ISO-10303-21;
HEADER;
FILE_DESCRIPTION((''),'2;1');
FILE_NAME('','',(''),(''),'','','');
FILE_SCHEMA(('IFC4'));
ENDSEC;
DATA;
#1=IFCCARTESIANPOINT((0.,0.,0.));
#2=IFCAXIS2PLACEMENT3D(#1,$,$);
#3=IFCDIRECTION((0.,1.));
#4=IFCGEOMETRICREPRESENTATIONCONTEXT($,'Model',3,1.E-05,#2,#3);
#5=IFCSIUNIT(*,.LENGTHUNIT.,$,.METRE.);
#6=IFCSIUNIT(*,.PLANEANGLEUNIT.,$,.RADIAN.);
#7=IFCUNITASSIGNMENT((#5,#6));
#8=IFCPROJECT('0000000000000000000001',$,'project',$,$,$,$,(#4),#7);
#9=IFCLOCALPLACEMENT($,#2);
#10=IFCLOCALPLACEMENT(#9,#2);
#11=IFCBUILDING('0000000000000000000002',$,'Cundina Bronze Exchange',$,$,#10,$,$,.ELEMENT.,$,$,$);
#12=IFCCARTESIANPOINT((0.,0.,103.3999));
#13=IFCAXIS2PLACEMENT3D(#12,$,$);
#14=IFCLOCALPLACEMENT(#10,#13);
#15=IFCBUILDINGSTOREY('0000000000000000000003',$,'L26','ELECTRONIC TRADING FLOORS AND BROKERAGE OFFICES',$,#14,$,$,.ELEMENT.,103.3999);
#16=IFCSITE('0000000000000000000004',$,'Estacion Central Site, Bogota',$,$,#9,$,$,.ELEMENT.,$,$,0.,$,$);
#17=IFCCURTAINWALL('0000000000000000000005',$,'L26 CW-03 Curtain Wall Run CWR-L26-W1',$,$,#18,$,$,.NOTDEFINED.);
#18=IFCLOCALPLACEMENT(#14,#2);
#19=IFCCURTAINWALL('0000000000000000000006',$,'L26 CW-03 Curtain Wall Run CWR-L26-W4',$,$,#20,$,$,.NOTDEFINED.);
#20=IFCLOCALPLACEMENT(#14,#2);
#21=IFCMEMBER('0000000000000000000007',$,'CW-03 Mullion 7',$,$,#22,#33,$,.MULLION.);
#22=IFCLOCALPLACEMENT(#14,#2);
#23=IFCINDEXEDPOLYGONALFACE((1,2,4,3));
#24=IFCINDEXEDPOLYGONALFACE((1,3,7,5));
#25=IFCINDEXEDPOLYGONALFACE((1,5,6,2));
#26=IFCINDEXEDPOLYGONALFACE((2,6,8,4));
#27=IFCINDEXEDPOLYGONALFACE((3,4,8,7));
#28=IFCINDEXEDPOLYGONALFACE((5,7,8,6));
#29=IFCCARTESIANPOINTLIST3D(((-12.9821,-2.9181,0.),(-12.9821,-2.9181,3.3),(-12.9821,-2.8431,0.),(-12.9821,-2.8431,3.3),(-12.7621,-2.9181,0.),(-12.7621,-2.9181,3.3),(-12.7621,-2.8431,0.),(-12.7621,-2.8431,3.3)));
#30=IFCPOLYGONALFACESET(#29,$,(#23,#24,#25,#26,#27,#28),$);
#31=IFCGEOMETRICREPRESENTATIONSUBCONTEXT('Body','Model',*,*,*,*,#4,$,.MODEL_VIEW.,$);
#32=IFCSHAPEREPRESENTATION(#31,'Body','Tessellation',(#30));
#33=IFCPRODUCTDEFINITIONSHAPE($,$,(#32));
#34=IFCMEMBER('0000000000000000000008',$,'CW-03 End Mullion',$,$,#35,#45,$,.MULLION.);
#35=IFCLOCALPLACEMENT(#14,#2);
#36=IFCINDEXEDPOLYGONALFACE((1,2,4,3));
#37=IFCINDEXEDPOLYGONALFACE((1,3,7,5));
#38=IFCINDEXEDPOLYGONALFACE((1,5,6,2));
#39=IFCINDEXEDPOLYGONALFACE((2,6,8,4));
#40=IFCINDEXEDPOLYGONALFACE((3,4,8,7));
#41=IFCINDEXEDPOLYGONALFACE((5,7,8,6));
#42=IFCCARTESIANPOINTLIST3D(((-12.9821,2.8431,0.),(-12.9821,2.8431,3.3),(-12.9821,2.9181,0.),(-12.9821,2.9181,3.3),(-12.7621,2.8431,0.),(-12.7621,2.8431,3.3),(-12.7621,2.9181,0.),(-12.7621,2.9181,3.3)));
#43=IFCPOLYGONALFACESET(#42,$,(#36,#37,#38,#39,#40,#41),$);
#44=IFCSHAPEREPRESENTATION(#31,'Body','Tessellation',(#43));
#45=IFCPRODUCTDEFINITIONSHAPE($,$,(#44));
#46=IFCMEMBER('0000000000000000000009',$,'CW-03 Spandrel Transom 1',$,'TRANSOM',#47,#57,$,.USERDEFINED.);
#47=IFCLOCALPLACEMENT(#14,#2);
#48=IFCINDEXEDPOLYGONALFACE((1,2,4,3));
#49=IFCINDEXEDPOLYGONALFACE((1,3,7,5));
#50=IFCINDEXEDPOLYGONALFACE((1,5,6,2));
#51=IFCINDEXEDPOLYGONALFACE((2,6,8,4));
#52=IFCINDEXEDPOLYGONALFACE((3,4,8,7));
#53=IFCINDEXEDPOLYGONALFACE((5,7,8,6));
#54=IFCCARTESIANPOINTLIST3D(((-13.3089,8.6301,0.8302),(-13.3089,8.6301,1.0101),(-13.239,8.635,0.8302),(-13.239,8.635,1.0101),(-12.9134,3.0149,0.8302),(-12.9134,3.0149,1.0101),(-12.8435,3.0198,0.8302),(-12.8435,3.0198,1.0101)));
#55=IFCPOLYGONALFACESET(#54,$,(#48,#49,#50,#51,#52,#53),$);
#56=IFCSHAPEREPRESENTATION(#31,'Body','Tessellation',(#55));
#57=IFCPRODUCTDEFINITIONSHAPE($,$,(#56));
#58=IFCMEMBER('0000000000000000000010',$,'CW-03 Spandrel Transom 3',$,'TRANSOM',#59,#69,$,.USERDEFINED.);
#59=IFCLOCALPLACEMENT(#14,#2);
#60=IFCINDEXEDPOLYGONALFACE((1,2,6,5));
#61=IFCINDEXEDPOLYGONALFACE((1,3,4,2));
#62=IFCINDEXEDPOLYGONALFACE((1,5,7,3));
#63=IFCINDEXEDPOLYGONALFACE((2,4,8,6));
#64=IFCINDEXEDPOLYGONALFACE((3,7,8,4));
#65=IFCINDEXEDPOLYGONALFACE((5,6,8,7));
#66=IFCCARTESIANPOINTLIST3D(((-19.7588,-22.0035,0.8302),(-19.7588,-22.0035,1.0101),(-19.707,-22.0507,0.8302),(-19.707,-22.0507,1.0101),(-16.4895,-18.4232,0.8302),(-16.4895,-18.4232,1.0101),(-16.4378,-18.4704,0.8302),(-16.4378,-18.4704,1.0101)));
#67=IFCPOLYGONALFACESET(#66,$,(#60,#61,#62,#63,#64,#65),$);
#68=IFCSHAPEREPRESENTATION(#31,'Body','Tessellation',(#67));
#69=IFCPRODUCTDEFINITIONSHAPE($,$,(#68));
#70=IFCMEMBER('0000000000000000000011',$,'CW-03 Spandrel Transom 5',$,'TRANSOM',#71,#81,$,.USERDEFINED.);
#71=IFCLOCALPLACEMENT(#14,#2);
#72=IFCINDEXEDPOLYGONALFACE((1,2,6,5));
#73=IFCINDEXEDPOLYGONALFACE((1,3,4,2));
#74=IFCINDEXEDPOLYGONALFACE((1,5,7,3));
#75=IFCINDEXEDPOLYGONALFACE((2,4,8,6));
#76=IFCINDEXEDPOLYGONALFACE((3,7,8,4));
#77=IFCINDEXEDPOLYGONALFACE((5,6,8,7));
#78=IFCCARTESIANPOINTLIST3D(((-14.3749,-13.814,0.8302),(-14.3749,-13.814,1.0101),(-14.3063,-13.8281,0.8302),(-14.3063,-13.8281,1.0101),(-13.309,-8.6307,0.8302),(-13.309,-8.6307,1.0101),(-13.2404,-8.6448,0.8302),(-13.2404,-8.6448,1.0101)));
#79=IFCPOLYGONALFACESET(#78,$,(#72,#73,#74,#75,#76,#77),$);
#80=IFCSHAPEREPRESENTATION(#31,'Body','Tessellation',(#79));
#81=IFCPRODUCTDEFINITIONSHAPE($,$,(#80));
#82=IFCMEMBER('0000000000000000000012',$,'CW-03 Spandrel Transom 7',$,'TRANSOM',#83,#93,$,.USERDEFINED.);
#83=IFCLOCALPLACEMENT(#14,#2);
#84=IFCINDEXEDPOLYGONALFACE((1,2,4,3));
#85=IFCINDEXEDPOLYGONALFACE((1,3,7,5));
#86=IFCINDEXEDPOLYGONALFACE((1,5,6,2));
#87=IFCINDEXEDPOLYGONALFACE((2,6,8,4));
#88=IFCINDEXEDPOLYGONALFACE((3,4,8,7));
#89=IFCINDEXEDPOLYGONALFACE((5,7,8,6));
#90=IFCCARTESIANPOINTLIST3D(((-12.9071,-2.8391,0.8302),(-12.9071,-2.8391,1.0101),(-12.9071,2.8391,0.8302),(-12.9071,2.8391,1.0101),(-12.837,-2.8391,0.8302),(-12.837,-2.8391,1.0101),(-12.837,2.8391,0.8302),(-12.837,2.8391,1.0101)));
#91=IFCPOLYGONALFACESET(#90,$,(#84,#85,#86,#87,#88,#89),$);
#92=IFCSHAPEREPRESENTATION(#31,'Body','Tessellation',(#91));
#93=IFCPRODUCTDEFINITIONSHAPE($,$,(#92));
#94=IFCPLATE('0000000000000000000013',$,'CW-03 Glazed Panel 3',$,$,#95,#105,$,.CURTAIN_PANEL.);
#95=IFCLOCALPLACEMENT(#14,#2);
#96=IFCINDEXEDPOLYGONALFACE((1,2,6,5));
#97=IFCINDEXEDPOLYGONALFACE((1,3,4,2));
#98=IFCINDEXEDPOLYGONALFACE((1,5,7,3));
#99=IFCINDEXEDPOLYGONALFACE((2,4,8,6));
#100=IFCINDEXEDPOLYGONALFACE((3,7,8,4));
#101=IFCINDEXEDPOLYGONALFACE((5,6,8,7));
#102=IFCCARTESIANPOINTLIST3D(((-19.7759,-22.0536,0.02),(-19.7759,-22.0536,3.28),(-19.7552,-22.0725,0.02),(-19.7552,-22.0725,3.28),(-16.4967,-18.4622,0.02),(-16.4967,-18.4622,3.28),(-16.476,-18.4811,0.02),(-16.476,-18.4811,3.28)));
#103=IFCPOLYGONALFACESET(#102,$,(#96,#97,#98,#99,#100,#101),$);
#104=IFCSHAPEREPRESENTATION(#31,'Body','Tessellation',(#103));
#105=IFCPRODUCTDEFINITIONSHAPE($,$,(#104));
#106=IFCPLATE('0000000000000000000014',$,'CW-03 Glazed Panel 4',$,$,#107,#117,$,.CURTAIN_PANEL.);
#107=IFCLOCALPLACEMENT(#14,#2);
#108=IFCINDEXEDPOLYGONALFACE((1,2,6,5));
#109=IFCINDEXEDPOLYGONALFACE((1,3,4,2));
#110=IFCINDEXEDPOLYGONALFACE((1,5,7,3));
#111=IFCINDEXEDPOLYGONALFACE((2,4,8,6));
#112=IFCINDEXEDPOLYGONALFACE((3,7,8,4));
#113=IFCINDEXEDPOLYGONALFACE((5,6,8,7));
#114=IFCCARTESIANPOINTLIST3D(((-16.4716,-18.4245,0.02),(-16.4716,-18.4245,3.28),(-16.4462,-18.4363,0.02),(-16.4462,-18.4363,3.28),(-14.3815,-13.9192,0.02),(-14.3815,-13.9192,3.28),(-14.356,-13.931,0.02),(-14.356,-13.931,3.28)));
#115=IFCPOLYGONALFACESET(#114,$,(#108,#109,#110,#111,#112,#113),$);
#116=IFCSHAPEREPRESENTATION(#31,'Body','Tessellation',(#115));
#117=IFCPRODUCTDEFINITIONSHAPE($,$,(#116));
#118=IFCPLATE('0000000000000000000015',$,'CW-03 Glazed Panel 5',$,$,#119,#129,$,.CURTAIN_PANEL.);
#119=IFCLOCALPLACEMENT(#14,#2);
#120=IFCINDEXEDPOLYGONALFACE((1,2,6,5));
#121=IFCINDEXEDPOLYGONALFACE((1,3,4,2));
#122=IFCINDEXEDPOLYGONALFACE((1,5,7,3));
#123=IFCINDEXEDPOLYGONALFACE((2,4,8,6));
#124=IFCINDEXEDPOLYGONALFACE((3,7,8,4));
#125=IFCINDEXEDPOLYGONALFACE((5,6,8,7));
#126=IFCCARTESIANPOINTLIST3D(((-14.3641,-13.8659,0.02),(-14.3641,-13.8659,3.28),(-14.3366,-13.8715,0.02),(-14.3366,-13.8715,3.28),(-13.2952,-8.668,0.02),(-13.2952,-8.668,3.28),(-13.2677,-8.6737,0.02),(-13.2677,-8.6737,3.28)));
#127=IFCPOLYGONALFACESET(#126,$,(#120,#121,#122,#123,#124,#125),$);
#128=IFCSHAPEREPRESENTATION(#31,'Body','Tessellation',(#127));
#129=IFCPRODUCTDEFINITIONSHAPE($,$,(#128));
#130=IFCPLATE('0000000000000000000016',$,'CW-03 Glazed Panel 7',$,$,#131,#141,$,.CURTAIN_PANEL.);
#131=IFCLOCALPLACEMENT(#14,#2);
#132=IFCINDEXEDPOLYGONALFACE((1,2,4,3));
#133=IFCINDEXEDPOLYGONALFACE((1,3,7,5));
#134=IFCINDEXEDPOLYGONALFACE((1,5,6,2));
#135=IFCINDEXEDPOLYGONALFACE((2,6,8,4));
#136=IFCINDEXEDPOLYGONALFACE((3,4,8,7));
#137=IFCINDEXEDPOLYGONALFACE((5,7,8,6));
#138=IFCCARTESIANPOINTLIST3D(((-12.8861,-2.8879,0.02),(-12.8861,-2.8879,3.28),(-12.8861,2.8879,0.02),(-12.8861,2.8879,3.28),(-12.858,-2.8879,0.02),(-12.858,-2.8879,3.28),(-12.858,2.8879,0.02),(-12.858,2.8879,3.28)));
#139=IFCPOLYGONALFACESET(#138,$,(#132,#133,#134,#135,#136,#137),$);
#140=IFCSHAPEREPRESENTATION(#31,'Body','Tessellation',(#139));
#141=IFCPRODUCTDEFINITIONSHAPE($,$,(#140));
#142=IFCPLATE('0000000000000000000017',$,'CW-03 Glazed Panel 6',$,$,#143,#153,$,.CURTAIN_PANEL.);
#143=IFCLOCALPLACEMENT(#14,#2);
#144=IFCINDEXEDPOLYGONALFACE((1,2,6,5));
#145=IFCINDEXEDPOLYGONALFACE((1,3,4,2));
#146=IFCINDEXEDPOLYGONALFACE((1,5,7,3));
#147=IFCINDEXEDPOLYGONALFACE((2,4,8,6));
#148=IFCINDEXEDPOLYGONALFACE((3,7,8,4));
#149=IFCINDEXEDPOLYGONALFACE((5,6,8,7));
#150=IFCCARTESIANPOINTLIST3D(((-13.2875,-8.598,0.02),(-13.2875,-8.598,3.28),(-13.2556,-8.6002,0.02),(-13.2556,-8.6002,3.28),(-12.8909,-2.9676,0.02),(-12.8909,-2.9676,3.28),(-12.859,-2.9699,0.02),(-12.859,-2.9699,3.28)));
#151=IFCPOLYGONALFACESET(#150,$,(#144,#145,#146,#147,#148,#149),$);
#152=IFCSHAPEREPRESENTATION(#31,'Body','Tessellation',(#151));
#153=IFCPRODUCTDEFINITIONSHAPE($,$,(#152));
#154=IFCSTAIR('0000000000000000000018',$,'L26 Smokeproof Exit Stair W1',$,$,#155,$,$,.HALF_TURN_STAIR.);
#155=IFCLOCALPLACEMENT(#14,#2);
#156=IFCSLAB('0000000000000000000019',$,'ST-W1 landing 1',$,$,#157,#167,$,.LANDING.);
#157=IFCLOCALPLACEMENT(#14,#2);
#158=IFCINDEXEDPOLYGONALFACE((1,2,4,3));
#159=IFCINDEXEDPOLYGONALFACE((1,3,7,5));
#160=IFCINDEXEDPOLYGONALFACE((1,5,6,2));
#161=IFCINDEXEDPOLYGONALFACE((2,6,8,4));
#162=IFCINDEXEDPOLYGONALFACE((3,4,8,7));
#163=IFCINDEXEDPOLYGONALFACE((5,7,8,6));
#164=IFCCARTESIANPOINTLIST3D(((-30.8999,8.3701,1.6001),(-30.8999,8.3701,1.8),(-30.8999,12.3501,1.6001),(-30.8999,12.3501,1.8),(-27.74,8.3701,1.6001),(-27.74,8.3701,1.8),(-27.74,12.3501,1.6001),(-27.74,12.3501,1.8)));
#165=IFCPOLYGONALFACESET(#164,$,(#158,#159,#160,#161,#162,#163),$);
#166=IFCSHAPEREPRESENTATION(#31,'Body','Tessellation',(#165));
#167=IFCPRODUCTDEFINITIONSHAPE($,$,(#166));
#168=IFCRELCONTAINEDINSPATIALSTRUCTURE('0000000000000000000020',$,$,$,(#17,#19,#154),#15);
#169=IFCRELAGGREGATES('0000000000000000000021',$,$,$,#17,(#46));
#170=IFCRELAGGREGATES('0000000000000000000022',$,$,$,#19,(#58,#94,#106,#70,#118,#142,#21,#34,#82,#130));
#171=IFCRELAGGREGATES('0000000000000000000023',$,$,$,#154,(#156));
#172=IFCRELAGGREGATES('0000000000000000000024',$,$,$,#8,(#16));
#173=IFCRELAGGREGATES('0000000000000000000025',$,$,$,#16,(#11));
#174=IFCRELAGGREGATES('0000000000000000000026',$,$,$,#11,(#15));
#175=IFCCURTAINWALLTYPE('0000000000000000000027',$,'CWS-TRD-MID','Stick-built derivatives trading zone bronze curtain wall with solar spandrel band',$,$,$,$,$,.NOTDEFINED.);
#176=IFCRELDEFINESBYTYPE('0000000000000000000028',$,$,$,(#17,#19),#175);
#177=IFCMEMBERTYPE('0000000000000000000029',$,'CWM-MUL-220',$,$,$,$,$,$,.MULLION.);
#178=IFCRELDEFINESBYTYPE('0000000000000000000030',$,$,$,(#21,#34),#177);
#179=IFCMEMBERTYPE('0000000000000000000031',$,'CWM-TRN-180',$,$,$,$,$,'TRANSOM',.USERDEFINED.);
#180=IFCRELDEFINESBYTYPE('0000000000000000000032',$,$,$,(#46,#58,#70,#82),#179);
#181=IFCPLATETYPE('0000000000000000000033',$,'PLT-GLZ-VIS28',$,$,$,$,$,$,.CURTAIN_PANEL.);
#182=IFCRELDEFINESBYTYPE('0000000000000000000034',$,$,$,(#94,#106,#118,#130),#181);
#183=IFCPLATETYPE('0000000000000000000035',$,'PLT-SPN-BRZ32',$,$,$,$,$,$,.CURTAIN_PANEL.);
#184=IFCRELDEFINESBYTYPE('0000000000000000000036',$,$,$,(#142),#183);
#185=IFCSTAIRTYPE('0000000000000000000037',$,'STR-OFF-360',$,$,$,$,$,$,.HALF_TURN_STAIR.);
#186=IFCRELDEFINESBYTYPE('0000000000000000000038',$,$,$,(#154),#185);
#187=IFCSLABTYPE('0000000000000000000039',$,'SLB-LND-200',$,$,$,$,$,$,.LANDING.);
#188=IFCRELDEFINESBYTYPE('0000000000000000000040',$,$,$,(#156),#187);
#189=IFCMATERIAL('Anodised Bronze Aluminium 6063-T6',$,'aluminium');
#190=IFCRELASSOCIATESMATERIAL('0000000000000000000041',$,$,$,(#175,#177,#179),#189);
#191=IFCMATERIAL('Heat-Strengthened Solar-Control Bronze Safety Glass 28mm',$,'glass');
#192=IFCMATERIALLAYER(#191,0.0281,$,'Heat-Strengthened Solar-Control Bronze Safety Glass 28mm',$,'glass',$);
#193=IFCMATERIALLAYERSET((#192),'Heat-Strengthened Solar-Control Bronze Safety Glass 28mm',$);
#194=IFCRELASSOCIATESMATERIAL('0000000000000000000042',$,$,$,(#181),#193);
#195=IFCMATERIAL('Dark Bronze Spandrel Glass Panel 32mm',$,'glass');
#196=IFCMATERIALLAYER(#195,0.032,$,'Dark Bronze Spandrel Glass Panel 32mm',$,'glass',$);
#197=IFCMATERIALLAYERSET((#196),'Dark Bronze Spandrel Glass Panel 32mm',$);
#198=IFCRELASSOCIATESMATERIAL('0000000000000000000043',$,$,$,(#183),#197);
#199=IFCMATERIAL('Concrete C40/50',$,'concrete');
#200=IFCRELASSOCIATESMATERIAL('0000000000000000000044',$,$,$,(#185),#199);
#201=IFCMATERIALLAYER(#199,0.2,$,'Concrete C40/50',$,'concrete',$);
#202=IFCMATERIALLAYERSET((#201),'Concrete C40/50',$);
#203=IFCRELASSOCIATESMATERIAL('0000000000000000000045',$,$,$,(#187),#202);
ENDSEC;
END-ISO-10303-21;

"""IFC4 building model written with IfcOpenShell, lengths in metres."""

from ifc_helpers import new_model, si_unit, direction, frame, origin, origin_2d, place, context, subcontext, project, spatial, polyline, rectangle, outline, extrude, material, layer, layer_set, material_profile, profile_set, type_object, element, aggregate, save


model = new_model("IFC4")

# Units and contexts
model_context = context("Model", 3, precision=1e-05, world=origin(), true_north=direction((0.0, 1.0)))
body_context = subcontext(model_context, "Body", "Model", "MODEL_VIEW")
ifc_project = project(units=[si_unit("LENGTHUNIT", "METRE"), si_unit("PLANEANGLEUNIT", "RADIAN")], contexts=[model_context])

# Site, building, storey
site_placement = place(None, origin())
site = spatial("IfcSite", under=ifc_project, at=site_placement, Name="Estacion Central Site, Bogota", CompositionType="ELEMENT", RefElevation=0.0)
building_placement = place(site_placement, origin())
building = spatial("IfcBuilding", under=site, at=building_placement, Name="Cundina Bronze Exchange", CompositionType="ELEMENT")
storey_placement = place(building_placement, frame((0.0, 0.0, 103.3999)))
storey = spatial("IfcBuildingStorey", under=building, at=storey_placement, Name="L26", Description="ELECTRONIC TRADING FLOORS AND BROKERAGE OFFICES", CompositionType="ELEMENT", Elevation=103.3999)

# Curtain wall
ifc_material_1 = material(Name="Anodised Bronze Aluminium 6063-T6", Category="aluminium")
curtain_wall_type = type_object("IfcCurtainWallType", Name="CWS-TRD-MID", Description="Stick-built derivatives trading zone bronze curtain wall with solar spandrel band", PredefinedType="NOTDEFINED", material=ifc_material_1)
curtain_wall_1_placement = place(storey_placement, origin())
curtain_wall_1 = element("IfcCurtainWall", 1, at=curtain_wall_1_placement, inside=storey, type_object=curtain_wall_type, Name="L26 CW-03 Curtain Wall Run CWR-L26-W1", PredefinedType="NOTDEFINED")
ifc_material_profile_1 = material_profile(ifc_material_1, rectangle(XDim=0.075, YDim=0.22, at=origin_2d()), Name="AL75X220", Category="aluminium")
ifc_profile_set_1 = profile_set([ifc_material_profile_1], Name="Anodised Bronze Aluminium 6063-T6")
member_type_1 = type_object("IfcMemberType", Name="CWM-MUL-220", PredefinedType="MULLION", material=ifc_profile_set_1)

# Curtain wall, members
curtain_wall_2_placement = place(storey_placement, origin())
curtain_wall_2 = element("IfcCurtainWall", 2, at=curtain_wall_2_placement, inside=storey, type_object=curtain_wall_type, Name="L26 CW-03 Curtain Wall Run CWR-L26-W4", PredefinedType="NOTDEFINED")
member_1_placement = place(storey_placement, frame((-12.8721, -2.8806, 0.0), z_axis=(0.0, 0.0, 1.0), x_axis=(0.0, 1.0, 0.0)))
member_1 = element("IfcMember", 3, at=member_1_placement, type_object=member_type_1, Name="CW-03 Mullion 7", PredefinedType="MULLION", context=body_context, shape_type="SweptSolid", body=[
    extrude(rectangle(XDim=0.075, YDim=0.22, at=origin_2d()), origin(), (0.0, 0.0, 1.0), 3.3),
])
member_2_placement = place(storey_placement, frame((-12.8721, 2.8806, 0.0), z_axis=(0.0, 0.0, 1.0), x_axis=(0.0, 1.0, 0.0)))
member_2 = element("IfcMember", 4, at=member_2_placement, type_object=member_type_1, Name="CW-03 End Mullion", PredefinedType="MULLION", context=body_context, shape_type="SweptSolid", body=[
    extrude(rectangle(XDim=0.075, YDim=0.22, at=origin_2d()), origin(), (0.0, 0.0, 1.0), 3.3),
])

# Members
ifc_material_profile_2 = material_profile(ifc_material_1, rectangle(XDim=0.0701, YDim=0.1799, at=origin_2d()), Name="AL70X180", Category="aluminium")
ifc_profile_set_2 = profile_set([ifc_material_profile_2], Name="Anodised Bronze Aluminium 6063-T6")
member_type_2 = type_object("IfcMemberType", Name="CWM-TRN-180", ElementType="TRANSOM", PredefinedType="USERDEFINED", material=ifc_profile_set_2)
member_3_placement = place(storey_placement, frame((-12.8784, 3.0173, 0.9202), z_axis=(-0.070261, 0.997529, 0.0), x_axis=(-0.997529, -0.070261, 0.0)))
member_3 = element("IfcMember", 5, at=member_3_placement, type_object=member_type_2, Name="CW-03 Spandrel Transom 1", ObjectType="TRANSOM", PredefinedType="USERDEFINED", context=body_context, shape_type="SweptSolid", body=[
    extrude(rectangle(XDim=0.0701, YDim=0.1799, at=origin_2d()), origin(), (0.0, 0.0, 1.0), 5.6292),
])
aggregate(curtain_wall_1, [member_3])
member_4_placement = place(storey_placement, frame((-19.7329, -22.0271, 0.9202), z_axis=(0.674303, 0.738455, 0.0), x_axis=(-0.738455, 0.674303, 0.0)))
member_4 = element("IfcMember", 6, at=member_4_placement, type_object=member_type_2, Name="CW-03 Spandrel Transom 3", ObjectType="TRANSOM", PredefinedType="USERDEFINED", context=body_context, shape_type="SweptSolid", body=[
    extrude(rectangle(XDim=0.0701, YDim=0.1799, at=origin_2d()), origin(), (0.0, 0.0, 1.0), 4.8484),
])
member_5_placement = place(storey_placement, frame((-14.3406, -13.821, 0.9202), z_axis=(0.201428, 0.979503, 0.0), x_axis=(-0.979503, 0.201428, 0.0)))
member_5 = element("IfcMember", 7, at=member_5_placement, type_object=member_type_2, Name="CW-03 Spandrel Transom 5", ObjectType="TRANSOM", PredefinedType="USERDEFINED", context=body_context, shape_type="SweptSolid", body=[
    extrude(rectangle(XDim=0.0701, YDim=0.1799, at=origin_2d()), origin(), (0.0, 0.0, 1.0), 5.2917),
])
member_6_placement = place(storey_placement, frame((-12.8721, -2.8391, 0.9202), z_axis=(0.0, 1.0, 0.0), x_axis=(-1.0, 0.0, 0.0)))
member_6 = element("IfcMember", 8, at=member_6_placement, type_object=member_type_2, Name="CW-03 Spandrel Transom 7", ObjectType="TRANSOM", PredefinedType="USERDEFINED", context=body_context, shape_type="SweptSolid", body=[
    extrude(rectangle(XDim=0.0701, YDim=0.1799, at=origin_2d()), origin(), (0.0, 0.0, 1.0), 5.6782),
])

# Plates
ifc_material_2 = material(Name="Heat-Strengthened Solar-Control Bronze Safety Glass 28mm", Category="glass")
ifc_layer_1 = layer(ifc_material_2, 0.0281, Name="Heat-Strengthened Solar-Control Bronze Safety Glass 28mm", Category="glass")
ifc_layer_set_1 = layer_set([ifc_layer_1], Name="Heat-Strengthened Solar-Control Bronze Safety Glass 28mm")
plate_type_1 = type_object("IfcPlateType", Name="PLT-GLZ-VIS28", PredefinedType="CURTAIN_PANEL", material=ifc_layer_set_1)
plate_1_placement = place(storey_placement, frame((-18.126, -20.2673, 0.02), z_axis=(0.0, 0.0, 1.0), x_axis=(0.674277, 0.738479, 0.0)))
plate_1 = element("IfcPlate", 9, at=plate_1_placement, type_object=plate_type_1, Name="CW-03 Glazed Panel 3", PredefinedType="CURTAIN_PANEL", context=body_context, shape_type="SweptSolid", body=[
    extrude(rectangle(XDim=4.8633, YDim=0.0281, at=origin_2d()), origin(), (0.0, 0.0, 1.0), 3.26),
])
plate_2_placement = place(storey_placement, frame((-15.4138, -16.1777, 0.02), z_axis=(0.0, 0.0, 1.0), x_axis=(0.420846, 0.907132, 0.0)))
plate_2 = element("IfcPlate", 10, at=plate_2_placement, type_object=plate_type_1, Name="CW-03 Glazed Panel 4", PredefinedType="CURTAIN_PANEL", context=body_context, shape_type="SweptSolid", body=[
    extrude(rectangle(XDim=4.9666, YDim=0.0281, at=origin_2d()), origin(), (0.0, 0.0, 1.0), 3.26),
])
plate_3_placement = place(storey_placement, frame((-13.8159, -11.2698, 0.02), z_axis=(0.0, 0.0, 1.0), x_axis=(0.20142, 0.979505, 0.0)))
plate_3 = element("IfcPlate", 11, at=plate_3_placement, type_object=plate_type_1, Name="CW-03 Glazed Panel 5", PredefinedType="CURTAIN_PANEL", context=body_context, shape_type="SweptSolid", body=[
    extrude(rectangle(XDim=5.3066, YDim=0.0281, at=origin_2d()), origin(), (0.0, 0.0, 1.0), 3.26),
])
plate_4_placement = place(storey_placement, frame((-12.8721, 0.0, 0.02), z_axis=(0.0, 0.0, 1.0), x_axis=(0.0, 1.0, 0.0)))
plate_4 = element("IfcPlate", 12, at=plate_4_placement, type_object=plate_type_1, Name="CW-03 Glazed Panel 7", PredefinedType="CURTAIN_PANEL", context=body_context, shape_type="SweptSolid", body=[
    extrude(rectangle(XDim=5.7759, YDim=0.0281, at=origin_2d()), origin(), (0.0, 0.0, 1.0), 3.26),
])
ifc_material_3 = material(Name="Dark Bronze Spandrel Glass Panel 32mm", Category="glass")
ifc_layer_2 = layer(ifc_material_3, 0.032, Name="Dark Bronze Spandrel Glass Panel 32mm", Category="glass")
ifc_layer_set_2 = layer_set([ifc_layer_2], Name="Dark Bronze Spandrel Glass Panel 32mm")
plate_type_2 = type_object("IfcPlateType", Name="PLT-SPN-BRZ32", PredefinedType="CURTAIN_PANEL", material=ifc_layer_set_2)
plate_5_placement = place(storey_placement, frame((-13.0732, -5.7839, 0.02), z_axis=(0.0, 0.0, 1.0), x_axis=(0.070279, 0.997527, 0.0)))
plate_5 = element("IfcPlate", 13, at=plate_5_placement, type_object=plate_type_2, Name="CW-03 Glazed Panel 6", PredefinedType="CURTAIN_PANEL", context=body_context, shape_type="SweptSolid", body=[
    extrude(rectangle(XDim=5.6443, YDim=0.032, at=origin_2d()), origin(), (0.0, 0.0, 1.0), 3.26),
])
aggregate(curtain_wall_2, [member_4, plate_1, plate_2, member_5, plate_3, plate_5, member_1, member_2, member_6, plate_4])

# Stair, slab
ifc_material_4 = material(Name="Concrete C40/50", Category="concrete")
stair_type = type_object("IfcStairType", Name="STR-OFF-360", PredefinedType="HALF_TURN_STAIR", material=ifc_material_4)
stair_placement = place(storey_placement, origin())
stair = element("IfcStair", 14, at=stair_placement, inside=storey, type_object=stair_type, Name="L26 Smokeproof Exit Stair W1", PredefinedType="HALF_TURN_STAIR")
ifc_layer_3 = layer(ifc_material_4, 0.2, Name="Concrete C40/50", Category="concrete")
ifc_layer_set_3 = layer_set([ifc_layer_3], Name="Concrete C40/50")
slab_type_1 = type_object("IfcSlabType", Name="SLB-LND-200", PredefinedType="LANDING", material=ifc_layer_set_3)
slab_1_placement = place(storey_placement, frame((0.0, 0.0, 1.6001)))
slab_1 = element("IfcSlab", 15, at=slab_1_placement, type_object=slab_type_1, Name="ST-W1 landing 1", PredefinedType="LANDING", context=body_context, shape_type="SweptSolid", body=[
    extrude(outline(polyline([(-27.74, 8.3701), (-27.74, 12.3501), (-30.8999, 12.3501), (-30.8999, 8.3701), (-27.74, 8.3701)])), origin(), (0.0, 0.0, 1.0), 0.2),
])
aggregate(stair, [slab_1])

save(model, "model.ifc")
